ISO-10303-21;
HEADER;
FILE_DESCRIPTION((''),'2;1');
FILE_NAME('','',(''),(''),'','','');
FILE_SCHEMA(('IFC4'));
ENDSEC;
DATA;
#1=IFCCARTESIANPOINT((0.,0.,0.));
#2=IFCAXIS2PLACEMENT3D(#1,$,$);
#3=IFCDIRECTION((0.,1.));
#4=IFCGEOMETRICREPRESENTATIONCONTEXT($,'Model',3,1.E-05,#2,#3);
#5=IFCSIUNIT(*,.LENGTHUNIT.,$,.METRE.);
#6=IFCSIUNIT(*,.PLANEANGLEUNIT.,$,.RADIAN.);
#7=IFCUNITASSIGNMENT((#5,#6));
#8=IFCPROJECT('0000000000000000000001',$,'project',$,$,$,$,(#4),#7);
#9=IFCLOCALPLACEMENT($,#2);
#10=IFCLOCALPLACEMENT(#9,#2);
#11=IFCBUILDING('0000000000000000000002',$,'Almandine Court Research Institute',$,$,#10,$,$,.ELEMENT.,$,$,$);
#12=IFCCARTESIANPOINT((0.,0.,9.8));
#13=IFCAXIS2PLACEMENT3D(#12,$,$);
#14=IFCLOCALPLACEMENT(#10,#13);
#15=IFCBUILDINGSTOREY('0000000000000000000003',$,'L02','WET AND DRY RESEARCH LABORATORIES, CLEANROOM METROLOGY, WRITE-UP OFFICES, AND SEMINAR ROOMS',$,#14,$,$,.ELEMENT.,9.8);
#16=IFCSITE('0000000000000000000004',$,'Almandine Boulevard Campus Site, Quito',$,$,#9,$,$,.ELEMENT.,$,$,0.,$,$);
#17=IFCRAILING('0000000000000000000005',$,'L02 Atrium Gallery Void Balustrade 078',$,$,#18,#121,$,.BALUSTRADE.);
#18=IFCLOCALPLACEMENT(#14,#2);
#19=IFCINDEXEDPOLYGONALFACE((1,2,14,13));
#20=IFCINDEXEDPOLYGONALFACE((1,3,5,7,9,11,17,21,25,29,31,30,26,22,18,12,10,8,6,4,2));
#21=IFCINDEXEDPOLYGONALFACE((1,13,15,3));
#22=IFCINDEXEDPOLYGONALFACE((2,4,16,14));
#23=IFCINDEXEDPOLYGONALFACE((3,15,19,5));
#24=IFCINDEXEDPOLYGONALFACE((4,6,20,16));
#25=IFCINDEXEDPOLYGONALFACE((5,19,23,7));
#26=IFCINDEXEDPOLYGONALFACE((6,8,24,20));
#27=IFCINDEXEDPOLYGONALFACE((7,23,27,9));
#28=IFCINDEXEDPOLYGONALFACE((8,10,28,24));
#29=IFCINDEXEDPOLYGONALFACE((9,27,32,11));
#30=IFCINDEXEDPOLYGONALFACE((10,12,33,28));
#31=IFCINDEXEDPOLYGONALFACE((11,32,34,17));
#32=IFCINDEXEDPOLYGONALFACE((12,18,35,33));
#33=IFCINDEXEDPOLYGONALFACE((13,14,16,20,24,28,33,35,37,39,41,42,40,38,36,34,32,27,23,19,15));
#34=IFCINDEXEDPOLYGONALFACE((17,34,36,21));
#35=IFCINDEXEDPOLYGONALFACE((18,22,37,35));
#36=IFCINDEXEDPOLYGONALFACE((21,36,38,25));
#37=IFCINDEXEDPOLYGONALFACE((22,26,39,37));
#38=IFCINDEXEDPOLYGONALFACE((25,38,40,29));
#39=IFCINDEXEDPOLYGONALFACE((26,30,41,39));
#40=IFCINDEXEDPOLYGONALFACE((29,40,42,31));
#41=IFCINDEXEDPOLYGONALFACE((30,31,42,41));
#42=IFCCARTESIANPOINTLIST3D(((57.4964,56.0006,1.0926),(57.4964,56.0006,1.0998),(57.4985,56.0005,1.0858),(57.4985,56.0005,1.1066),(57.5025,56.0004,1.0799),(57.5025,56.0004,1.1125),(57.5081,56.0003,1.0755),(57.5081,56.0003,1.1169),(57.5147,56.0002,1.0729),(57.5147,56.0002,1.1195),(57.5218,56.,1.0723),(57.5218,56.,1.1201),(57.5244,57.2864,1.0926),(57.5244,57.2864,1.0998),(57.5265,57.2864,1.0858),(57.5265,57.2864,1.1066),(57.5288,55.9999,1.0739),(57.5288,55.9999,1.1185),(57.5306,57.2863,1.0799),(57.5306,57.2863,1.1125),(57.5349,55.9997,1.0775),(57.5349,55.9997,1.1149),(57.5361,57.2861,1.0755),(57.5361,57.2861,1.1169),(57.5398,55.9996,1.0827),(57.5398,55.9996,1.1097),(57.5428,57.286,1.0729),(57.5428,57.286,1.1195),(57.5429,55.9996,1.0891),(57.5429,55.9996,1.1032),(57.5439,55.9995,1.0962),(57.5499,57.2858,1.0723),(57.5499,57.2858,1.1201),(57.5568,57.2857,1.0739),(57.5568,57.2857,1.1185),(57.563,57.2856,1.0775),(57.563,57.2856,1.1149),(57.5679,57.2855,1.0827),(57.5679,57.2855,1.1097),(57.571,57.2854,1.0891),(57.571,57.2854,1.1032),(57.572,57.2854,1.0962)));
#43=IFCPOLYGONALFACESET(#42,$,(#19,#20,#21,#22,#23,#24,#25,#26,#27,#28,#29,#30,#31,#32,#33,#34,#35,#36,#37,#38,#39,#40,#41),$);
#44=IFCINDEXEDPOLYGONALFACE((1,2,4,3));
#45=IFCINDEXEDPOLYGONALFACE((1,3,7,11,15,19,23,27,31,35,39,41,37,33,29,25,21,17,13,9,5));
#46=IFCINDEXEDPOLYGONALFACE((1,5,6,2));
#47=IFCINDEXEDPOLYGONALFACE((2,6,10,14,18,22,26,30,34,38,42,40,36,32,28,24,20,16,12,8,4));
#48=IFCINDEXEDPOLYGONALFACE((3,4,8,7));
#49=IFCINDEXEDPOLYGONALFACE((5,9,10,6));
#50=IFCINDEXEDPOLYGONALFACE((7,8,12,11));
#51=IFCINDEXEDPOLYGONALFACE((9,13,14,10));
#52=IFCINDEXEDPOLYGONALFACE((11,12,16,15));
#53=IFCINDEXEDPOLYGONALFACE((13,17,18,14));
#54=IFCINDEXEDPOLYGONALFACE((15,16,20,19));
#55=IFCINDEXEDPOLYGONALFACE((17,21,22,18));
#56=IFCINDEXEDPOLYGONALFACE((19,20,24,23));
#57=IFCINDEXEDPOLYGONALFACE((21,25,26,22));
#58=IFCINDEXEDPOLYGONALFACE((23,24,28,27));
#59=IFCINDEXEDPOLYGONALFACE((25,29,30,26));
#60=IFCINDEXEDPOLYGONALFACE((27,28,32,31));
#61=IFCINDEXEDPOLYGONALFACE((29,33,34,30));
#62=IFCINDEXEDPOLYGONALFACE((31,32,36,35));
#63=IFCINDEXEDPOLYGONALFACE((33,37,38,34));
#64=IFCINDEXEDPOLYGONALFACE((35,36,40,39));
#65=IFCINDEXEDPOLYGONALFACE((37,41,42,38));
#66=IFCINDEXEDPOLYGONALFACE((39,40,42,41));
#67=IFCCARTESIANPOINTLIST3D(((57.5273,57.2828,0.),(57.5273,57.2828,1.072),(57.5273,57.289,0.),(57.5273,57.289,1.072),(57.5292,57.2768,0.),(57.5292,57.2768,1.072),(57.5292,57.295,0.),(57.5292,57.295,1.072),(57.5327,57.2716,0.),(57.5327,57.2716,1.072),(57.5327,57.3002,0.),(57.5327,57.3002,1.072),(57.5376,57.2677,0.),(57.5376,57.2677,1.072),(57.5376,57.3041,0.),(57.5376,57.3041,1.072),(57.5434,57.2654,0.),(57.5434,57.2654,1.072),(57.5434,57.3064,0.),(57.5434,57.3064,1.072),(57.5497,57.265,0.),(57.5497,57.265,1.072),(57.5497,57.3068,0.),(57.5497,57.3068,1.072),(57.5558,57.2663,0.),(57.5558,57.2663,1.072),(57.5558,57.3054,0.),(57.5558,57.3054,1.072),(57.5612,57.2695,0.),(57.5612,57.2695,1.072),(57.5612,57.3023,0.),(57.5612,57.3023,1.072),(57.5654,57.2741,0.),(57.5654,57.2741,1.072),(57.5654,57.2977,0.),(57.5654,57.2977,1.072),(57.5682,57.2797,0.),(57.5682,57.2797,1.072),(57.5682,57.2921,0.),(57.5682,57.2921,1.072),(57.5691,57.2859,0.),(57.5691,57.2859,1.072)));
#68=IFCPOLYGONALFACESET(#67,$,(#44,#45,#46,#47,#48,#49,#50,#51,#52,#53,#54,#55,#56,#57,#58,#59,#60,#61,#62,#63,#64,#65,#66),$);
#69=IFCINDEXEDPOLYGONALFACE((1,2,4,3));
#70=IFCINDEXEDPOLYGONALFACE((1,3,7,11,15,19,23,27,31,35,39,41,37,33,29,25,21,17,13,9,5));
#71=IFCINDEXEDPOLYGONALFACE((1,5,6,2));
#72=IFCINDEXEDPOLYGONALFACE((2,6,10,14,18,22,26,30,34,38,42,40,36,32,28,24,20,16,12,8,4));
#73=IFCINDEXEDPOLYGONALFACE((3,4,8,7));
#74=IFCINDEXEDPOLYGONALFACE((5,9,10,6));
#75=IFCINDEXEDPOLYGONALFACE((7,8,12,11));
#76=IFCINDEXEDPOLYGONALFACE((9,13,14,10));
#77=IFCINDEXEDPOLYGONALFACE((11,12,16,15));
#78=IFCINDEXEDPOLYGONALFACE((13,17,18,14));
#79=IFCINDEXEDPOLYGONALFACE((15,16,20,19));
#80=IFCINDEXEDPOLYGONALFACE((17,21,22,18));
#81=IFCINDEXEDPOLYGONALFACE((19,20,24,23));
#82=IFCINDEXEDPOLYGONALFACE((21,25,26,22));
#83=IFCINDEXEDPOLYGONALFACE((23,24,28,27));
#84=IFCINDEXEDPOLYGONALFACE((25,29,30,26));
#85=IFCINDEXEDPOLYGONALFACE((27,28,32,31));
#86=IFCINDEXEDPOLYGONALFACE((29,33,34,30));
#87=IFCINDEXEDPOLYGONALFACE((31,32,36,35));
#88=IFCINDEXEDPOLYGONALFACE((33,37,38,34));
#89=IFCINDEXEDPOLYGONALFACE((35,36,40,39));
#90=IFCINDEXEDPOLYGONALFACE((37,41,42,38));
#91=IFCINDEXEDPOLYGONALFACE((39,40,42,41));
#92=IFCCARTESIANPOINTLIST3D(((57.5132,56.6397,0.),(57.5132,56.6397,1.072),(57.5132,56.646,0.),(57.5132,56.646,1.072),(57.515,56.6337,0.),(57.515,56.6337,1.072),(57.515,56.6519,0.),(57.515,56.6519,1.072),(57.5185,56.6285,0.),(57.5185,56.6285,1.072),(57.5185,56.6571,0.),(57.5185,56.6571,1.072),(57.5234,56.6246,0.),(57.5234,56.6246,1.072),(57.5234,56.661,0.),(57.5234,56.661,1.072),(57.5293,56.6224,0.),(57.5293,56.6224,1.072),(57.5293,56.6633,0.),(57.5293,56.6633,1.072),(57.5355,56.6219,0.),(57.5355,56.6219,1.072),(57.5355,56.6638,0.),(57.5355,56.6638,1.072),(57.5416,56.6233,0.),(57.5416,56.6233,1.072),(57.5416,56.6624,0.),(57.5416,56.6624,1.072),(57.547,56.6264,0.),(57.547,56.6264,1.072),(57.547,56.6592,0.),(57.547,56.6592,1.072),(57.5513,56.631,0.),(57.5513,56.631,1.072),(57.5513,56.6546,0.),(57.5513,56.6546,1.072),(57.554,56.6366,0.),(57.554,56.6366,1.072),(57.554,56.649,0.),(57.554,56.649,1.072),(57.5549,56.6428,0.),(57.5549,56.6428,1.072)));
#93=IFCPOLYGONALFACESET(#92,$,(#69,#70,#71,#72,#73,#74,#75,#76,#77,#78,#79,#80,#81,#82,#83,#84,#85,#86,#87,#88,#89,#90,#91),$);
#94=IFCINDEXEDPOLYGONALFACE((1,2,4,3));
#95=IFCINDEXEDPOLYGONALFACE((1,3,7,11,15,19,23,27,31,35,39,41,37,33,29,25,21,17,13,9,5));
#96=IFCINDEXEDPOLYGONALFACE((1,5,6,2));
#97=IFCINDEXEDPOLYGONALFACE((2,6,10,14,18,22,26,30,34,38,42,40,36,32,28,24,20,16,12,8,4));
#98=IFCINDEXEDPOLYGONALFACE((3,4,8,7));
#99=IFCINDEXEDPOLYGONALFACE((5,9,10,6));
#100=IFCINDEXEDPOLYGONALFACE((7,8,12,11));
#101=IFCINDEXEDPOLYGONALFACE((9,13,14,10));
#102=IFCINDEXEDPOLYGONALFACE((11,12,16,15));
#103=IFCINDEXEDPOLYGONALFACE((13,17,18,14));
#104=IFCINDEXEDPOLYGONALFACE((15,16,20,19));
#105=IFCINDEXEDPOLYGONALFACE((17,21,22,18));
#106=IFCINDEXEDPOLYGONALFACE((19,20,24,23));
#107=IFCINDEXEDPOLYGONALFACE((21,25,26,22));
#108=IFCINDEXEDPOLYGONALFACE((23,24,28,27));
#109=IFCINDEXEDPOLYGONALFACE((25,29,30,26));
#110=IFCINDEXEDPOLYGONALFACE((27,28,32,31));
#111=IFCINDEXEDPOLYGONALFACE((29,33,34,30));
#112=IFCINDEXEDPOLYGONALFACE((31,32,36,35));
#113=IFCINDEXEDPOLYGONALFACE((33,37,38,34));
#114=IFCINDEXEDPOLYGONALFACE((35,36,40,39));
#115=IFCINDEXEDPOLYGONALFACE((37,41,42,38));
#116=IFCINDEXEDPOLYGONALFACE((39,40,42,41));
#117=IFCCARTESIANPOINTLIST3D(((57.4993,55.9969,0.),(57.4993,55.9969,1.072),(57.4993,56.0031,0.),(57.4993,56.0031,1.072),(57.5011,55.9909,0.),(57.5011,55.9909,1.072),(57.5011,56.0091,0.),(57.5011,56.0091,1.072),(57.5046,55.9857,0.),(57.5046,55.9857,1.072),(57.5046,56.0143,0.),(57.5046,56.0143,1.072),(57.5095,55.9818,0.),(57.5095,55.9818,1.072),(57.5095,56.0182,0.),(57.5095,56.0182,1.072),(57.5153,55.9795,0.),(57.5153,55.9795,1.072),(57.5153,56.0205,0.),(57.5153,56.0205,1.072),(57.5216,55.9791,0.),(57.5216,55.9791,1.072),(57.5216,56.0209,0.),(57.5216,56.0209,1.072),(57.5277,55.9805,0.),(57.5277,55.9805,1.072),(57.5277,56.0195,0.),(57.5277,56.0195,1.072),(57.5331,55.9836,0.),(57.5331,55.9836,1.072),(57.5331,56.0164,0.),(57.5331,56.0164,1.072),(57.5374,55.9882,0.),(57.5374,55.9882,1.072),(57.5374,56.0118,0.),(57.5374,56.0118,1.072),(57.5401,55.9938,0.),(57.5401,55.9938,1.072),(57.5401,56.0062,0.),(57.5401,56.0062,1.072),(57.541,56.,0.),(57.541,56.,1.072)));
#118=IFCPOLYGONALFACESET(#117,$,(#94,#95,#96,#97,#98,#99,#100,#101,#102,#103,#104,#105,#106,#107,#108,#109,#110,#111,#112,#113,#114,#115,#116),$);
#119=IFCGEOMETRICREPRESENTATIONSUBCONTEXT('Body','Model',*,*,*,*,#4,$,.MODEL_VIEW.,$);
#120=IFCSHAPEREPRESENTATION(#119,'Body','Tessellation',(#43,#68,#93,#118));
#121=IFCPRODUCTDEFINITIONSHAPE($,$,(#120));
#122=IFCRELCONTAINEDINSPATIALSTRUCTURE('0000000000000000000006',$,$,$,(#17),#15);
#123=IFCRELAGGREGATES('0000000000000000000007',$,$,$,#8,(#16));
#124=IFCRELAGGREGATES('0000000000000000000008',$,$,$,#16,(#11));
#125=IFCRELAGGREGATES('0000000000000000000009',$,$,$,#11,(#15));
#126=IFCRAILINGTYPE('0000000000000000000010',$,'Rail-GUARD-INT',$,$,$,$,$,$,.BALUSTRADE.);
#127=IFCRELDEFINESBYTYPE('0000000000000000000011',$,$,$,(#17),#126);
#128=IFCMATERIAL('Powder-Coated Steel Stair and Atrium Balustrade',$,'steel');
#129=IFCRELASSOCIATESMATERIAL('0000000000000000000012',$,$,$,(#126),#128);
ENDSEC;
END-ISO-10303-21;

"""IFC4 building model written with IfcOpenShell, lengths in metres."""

from ifc_helpers import new_model, si_unit, direction, frame, origin, origin_2d, place, context, subcontext, project, spatial, circle, extrude, material, type_object, element, save


model = new_model("IFC4")

# Units and contexts
model_context = context("Model", 3, precision=1e-05, world=origin(), true_north=direction((0.0, 1.0)))
body_context = subcontext(model_context, "Body", "Model", "MODEL_VIEW")
ifc_project = project(units=[si_unit("LENGTHUNIT", "METRE"), si_unit("PLANEANGLEUNIT", "RADIAN")], contexts=[model_context])

# Site, building, storey
site_placement = place(None, origin())
site = spatial("IfcSite", under=ifc_project, at=site_placement, Name="Almandine Boulevard Campus Site, Quito", CompositionType="ELEMENT", RefElevation=0.0)
building_placement = place(site_placement, origin())
building = spatial("IfcBuilding", under=site, at=building_placement, Name="Almandine Court Research Institute", CompositionType="ELEMENT")
storey_placement = place(building_placement, frame((0.0, 0.0, 9.8)))
storey = spatial("IfcBuildingStorey", under=building, at=storey_placement, Name="L02", Description="WET AND DRY RESEARCH LABORATORIES, CLEANROOM METROLOGY, WRITE-UP OFFICES, AND SEMINAR ROOMS", CompositionType="ELEMENT", Elevation=9.8)

# Railing
ifc_material_1 = material(Name="Powder-Coated Steel Stair and Atrium Balustrade", Category="steel")
railing_type = type_object("IfcRailingType", Name="Rail-GUARD-INT", PredefinedType="BALUSTRADE", material=ifc_material_1)
railing_1_placement = place(storey_placement, frame((57.5481, 57.2859, 0.0)))
element("IfcRailing", 1, at=railing_1_placement, inside=storey, type_object=railing_type, Name="L02 Atrium Gallery Void Balustrade 078", PredefinedType="BALUSTRADE", context=body_context, shape_type="SweptSolid", body=[
    extrude(circle(Radius=0.0239, at=origin_2d()), frame((0.0, 0.0, 1.0962), z_axis=(-0.021829, -0.999762, 0.0), x_axis=(0.999762, -0.021829, 0.0)), (0.0, 0.0, 1.0), 1.2861),
    extrude(circle(Radius=0.021, at=origin_2d()), origin(), (0.0, 0.0, 1.0), 1.072),
    extrude(circle(Radius=0.021, at=origin_2d()), frame((-0.0142, -0.6431, 0.0)), (0.0, 0.0, 1.0), 1.072),
    extrude(circle(Radius=0.021, at=origin_2d()), frame((-0.0281, -1.2859, 0.0)), (0.0, 0.0, 1.0), 1.072),
])

save(model, "model.ifc")
